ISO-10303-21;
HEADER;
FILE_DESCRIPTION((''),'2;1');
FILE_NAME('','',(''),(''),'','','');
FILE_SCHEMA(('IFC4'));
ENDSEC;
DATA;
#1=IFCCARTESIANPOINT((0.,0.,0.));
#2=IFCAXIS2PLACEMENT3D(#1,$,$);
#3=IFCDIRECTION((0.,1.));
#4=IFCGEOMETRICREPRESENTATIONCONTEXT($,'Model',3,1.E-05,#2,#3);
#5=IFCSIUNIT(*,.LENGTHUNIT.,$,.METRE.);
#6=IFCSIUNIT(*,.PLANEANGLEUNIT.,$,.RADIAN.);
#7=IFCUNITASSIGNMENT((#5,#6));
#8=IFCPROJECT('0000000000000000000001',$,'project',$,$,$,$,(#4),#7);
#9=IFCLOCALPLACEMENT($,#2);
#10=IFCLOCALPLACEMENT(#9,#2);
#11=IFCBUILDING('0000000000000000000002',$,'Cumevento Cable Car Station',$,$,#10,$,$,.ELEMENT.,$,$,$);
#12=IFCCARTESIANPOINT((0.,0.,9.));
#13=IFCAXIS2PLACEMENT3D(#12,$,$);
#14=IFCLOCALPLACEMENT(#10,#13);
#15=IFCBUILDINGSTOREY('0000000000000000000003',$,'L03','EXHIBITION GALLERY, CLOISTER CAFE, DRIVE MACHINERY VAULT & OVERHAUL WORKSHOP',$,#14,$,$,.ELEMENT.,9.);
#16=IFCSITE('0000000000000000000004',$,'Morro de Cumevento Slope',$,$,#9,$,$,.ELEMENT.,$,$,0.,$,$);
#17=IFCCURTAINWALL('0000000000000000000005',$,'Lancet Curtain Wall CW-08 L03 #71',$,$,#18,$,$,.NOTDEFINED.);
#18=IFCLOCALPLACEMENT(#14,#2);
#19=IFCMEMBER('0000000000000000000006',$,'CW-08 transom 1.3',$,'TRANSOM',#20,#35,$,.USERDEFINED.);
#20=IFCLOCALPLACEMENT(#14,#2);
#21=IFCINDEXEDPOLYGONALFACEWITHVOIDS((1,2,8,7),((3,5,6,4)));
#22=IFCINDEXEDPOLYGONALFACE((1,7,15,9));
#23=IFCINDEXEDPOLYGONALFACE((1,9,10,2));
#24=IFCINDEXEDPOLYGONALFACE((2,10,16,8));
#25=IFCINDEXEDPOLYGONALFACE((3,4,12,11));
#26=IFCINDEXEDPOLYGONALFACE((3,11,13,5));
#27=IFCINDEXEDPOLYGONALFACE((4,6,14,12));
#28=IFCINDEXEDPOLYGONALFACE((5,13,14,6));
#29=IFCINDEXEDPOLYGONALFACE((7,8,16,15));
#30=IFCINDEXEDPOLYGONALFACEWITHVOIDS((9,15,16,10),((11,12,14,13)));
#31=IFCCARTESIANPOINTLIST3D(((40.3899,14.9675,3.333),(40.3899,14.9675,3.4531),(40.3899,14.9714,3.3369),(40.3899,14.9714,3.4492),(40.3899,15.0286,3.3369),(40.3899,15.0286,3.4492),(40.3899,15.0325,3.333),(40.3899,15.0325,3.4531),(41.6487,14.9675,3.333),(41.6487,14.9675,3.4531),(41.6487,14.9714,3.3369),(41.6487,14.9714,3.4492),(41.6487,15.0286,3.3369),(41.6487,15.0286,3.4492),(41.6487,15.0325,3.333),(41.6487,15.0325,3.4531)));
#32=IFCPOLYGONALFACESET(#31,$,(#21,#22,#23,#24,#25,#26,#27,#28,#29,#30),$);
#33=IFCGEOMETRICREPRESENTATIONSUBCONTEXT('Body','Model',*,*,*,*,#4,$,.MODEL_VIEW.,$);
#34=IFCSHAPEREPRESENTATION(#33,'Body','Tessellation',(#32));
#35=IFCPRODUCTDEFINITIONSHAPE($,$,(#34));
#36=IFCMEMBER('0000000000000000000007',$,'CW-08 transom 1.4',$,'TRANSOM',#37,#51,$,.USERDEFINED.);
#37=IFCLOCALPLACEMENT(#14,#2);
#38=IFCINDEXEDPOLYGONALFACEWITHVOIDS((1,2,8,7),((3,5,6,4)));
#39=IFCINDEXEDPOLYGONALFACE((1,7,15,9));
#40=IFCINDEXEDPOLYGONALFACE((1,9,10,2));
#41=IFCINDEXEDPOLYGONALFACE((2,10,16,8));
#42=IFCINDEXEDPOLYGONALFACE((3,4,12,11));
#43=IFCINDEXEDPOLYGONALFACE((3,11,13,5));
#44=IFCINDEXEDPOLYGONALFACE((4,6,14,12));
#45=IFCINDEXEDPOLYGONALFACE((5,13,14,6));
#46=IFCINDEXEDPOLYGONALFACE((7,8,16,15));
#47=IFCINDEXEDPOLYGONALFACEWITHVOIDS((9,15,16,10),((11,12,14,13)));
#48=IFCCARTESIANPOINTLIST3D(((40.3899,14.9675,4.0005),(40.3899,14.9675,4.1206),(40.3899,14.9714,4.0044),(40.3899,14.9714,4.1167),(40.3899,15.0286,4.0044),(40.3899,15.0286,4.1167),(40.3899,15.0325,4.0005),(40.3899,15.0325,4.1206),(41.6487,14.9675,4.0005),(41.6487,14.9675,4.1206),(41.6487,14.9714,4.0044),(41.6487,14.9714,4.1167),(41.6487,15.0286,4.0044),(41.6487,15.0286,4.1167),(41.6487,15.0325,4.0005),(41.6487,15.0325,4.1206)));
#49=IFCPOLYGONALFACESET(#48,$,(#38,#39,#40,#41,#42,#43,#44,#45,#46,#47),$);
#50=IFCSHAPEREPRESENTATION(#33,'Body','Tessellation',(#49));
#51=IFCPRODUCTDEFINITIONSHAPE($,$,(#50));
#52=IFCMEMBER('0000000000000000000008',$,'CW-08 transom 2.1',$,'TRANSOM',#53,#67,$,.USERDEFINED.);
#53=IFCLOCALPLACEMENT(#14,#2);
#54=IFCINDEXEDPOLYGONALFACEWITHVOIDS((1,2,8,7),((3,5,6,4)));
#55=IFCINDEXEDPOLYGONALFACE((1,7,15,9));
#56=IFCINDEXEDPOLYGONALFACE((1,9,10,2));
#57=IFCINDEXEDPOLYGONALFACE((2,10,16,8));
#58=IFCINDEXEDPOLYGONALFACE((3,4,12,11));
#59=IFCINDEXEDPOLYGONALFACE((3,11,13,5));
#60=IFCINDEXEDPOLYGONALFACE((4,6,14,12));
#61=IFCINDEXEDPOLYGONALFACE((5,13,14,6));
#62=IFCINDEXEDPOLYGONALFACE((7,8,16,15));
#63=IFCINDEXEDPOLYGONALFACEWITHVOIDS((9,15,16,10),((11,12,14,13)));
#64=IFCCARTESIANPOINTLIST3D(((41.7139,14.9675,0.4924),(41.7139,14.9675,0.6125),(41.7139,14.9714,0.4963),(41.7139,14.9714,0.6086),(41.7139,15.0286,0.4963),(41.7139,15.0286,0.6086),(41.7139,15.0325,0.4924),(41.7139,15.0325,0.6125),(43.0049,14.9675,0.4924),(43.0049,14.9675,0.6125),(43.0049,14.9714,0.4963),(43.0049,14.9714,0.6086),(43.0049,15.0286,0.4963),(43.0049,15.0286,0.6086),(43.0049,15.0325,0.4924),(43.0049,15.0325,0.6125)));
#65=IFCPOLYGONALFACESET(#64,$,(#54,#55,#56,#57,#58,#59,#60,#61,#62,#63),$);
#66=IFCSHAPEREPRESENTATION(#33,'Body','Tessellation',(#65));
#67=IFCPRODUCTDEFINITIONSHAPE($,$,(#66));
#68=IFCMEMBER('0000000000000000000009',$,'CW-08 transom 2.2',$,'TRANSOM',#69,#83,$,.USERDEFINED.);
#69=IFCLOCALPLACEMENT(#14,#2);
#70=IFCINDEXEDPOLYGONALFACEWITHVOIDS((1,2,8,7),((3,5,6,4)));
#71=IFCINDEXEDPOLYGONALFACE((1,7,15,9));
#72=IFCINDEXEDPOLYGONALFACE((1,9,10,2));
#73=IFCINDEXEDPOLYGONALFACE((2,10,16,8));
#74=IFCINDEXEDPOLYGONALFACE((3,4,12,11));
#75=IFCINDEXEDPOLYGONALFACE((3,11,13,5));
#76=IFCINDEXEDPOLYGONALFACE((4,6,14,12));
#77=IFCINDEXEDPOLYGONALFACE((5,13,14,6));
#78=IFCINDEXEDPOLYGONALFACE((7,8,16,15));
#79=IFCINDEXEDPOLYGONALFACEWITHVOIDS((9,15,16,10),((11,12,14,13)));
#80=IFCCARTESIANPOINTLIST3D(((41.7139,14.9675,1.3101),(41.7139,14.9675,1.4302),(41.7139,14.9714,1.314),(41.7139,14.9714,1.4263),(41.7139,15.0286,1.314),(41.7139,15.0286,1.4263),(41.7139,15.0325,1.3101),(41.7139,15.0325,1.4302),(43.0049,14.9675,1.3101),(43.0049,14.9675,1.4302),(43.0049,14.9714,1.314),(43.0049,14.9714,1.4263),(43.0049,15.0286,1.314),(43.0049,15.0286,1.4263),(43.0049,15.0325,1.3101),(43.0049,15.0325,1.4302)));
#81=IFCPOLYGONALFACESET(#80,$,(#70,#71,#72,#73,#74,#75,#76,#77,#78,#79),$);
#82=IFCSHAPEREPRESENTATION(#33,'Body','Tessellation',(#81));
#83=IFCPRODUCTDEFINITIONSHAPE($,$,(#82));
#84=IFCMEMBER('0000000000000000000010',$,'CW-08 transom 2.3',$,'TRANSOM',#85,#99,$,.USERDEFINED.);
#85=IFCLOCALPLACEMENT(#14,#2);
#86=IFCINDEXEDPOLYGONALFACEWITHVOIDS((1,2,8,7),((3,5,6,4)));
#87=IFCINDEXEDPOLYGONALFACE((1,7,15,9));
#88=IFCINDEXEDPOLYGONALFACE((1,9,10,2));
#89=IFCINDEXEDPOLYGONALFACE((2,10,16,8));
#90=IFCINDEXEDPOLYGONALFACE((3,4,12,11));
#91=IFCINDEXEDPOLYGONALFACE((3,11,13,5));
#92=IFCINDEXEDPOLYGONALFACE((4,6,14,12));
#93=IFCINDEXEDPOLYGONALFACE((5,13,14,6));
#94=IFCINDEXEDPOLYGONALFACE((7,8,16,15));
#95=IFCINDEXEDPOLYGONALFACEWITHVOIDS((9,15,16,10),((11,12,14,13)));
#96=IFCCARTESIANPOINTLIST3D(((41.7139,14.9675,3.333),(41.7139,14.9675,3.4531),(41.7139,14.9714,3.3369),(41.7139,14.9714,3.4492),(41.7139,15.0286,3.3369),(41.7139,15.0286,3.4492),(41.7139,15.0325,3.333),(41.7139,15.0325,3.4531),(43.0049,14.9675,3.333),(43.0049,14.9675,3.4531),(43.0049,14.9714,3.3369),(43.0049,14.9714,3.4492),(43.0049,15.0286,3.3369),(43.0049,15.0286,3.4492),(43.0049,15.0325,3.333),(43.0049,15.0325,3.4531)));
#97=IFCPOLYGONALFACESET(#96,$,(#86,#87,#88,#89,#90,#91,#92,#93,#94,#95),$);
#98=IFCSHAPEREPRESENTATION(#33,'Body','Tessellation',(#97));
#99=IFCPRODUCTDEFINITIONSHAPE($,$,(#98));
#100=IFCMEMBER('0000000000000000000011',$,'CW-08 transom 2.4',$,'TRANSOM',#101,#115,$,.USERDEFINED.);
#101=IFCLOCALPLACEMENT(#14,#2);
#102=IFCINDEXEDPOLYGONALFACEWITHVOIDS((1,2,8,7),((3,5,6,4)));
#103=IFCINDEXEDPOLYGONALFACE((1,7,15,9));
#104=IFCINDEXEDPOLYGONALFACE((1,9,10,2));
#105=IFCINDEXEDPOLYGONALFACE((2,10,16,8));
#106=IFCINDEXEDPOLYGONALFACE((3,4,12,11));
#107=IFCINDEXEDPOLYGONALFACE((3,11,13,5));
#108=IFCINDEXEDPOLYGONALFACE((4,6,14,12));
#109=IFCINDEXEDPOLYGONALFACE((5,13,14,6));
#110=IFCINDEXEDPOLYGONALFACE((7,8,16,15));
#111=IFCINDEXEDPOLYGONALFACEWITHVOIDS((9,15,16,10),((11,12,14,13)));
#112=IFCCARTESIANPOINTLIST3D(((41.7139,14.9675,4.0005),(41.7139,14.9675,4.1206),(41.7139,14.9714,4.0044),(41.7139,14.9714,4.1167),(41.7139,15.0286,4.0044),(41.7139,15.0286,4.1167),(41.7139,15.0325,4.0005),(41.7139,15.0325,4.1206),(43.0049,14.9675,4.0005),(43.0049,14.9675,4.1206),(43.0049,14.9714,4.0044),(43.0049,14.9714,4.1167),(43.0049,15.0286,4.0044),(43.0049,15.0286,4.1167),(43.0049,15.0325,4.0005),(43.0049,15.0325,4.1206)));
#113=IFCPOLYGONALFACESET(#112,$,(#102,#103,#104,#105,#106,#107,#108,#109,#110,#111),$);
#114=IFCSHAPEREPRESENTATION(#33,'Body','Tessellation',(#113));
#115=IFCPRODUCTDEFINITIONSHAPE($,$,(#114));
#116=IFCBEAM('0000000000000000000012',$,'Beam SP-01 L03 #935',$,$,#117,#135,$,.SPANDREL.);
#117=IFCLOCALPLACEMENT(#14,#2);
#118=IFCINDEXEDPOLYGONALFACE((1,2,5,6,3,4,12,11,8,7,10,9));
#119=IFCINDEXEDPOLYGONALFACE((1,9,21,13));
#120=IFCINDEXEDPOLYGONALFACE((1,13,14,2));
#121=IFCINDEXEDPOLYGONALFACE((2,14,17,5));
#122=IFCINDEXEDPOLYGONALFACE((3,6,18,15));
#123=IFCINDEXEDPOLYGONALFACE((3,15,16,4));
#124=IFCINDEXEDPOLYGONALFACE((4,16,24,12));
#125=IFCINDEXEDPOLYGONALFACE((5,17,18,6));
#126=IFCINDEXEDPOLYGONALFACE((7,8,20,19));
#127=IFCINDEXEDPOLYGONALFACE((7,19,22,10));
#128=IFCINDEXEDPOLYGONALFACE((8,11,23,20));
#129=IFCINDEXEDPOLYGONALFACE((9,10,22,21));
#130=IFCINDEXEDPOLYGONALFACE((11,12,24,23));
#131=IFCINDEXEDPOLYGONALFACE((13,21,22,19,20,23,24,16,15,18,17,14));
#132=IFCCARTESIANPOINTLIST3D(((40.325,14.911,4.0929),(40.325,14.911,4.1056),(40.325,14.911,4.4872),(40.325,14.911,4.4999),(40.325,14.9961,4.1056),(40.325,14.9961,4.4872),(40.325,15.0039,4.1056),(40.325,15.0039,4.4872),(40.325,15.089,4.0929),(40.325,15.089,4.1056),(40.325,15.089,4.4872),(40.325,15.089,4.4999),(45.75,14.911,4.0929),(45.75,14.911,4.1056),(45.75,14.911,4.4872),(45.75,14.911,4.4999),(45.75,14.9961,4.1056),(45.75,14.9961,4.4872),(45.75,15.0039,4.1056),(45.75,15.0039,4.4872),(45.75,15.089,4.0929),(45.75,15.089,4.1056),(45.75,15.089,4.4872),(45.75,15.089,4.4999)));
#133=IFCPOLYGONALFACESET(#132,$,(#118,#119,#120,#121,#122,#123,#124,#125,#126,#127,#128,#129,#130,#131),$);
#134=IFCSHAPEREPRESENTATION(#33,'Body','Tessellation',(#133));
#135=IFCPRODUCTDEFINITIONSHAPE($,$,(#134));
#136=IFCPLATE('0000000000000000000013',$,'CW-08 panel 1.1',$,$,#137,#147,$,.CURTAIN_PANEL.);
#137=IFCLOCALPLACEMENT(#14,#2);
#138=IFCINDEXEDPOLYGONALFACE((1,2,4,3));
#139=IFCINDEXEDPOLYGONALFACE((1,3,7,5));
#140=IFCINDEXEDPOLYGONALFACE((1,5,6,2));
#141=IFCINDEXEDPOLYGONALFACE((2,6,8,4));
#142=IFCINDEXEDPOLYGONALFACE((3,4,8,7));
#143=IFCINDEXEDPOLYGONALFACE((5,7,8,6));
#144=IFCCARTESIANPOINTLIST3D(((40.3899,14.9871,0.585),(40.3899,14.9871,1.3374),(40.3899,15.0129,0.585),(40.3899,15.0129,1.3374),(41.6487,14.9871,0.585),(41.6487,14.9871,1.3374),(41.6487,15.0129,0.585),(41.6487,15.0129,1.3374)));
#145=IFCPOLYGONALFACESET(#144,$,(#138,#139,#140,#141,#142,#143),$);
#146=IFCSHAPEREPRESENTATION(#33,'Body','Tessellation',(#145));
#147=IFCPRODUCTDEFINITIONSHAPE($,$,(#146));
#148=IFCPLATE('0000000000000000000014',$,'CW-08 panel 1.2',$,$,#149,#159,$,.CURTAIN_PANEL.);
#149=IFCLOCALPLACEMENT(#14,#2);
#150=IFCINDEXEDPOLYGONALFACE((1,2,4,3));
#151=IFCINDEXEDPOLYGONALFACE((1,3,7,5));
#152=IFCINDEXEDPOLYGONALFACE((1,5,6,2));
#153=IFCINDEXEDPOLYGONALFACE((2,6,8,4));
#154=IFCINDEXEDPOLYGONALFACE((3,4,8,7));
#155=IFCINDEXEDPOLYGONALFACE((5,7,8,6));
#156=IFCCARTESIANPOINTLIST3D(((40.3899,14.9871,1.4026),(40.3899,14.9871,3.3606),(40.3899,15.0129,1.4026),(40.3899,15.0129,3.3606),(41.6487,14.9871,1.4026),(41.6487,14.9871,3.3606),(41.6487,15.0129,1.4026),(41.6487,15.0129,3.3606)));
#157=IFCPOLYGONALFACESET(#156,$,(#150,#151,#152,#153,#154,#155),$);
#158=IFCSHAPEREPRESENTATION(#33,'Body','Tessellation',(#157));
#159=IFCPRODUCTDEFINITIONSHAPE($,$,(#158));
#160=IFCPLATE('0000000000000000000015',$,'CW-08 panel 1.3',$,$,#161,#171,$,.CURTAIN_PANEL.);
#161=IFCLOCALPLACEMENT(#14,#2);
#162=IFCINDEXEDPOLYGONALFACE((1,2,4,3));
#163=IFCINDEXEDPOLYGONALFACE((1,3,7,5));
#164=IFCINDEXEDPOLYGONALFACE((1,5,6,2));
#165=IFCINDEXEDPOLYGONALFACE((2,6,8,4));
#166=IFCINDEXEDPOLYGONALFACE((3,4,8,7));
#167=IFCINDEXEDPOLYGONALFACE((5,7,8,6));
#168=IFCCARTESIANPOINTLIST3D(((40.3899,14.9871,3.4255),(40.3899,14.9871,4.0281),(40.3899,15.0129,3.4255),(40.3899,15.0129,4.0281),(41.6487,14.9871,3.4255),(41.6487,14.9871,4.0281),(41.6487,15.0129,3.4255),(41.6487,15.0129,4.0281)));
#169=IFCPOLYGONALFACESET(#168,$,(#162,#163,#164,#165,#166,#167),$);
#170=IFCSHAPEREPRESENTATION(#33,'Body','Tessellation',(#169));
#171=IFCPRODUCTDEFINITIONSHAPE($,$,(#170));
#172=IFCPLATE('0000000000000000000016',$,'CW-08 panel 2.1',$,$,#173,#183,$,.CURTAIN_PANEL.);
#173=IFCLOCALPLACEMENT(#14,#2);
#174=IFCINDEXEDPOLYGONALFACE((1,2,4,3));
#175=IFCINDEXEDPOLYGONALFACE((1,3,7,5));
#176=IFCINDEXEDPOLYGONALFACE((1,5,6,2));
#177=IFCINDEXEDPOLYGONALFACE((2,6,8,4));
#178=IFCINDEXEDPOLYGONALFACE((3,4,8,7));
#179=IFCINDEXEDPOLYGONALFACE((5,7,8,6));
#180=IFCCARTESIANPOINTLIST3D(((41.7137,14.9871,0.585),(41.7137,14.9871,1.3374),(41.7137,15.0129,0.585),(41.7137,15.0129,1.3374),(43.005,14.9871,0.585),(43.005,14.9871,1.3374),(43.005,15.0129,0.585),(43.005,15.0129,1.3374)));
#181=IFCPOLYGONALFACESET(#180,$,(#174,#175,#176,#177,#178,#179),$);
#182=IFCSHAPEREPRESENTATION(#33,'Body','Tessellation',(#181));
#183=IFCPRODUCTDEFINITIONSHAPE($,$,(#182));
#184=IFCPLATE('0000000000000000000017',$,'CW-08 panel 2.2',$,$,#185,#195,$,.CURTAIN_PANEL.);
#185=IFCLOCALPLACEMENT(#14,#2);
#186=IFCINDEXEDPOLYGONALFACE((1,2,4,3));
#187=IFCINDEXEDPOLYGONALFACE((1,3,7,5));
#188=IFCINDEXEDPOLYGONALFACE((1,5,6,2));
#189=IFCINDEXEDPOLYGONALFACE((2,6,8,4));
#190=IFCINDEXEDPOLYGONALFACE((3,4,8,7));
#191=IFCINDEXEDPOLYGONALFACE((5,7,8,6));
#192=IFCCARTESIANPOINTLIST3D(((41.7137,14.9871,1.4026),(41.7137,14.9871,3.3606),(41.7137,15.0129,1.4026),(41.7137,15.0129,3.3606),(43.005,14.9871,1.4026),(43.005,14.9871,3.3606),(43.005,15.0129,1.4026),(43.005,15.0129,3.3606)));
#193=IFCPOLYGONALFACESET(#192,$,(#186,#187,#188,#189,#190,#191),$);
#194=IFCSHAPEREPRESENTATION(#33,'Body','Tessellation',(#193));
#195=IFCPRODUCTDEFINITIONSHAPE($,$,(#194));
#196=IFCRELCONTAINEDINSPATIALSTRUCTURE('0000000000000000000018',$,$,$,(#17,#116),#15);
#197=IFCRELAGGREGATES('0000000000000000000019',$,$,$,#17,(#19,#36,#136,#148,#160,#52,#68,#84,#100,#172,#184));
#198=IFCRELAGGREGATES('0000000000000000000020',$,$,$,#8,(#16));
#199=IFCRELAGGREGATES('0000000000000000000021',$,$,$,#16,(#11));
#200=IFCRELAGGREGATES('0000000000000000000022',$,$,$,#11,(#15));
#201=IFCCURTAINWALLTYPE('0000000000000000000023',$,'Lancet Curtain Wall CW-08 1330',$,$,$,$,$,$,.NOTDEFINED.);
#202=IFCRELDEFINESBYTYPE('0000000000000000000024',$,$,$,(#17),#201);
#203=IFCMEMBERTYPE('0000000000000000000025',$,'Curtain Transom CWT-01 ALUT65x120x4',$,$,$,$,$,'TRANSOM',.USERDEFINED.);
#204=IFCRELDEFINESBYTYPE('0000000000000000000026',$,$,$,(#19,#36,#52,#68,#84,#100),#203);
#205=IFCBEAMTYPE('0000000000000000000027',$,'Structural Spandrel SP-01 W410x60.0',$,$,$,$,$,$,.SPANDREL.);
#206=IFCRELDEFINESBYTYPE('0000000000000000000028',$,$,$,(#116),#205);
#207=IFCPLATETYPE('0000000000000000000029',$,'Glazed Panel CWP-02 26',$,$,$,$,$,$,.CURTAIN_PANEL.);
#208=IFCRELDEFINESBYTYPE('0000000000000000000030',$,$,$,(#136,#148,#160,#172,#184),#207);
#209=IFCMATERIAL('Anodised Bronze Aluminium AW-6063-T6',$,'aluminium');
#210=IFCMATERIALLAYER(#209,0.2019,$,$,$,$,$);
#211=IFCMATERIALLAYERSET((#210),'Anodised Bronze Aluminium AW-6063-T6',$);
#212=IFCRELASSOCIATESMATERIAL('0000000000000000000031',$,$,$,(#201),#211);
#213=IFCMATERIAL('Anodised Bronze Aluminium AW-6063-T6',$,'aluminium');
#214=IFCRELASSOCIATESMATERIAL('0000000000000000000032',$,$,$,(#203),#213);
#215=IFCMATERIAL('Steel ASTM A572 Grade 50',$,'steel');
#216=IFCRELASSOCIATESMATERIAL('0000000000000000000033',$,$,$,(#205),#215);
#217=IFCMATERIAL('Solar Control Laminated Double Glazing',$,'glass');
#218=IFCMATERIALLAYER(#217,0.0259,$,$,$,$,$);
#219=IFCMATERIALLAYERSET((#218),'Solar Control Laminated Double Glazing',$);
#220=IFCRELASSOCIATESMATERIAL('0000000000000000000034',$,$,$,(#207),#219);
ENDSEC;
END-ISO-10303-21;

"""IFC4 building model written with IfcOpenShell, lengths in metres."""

from ifc_helpers import new_model, si_unit, direction, frame, origin, origin_2d, place, context, subcontext, project, spatial, rectangle, hollow_rectangle, i_section, extrude, material, layer, layer_set, material_profile, profile_set, type_object, element, aggregate, save


model = new_model("IFC4")

# Units and contexts
model_context = context("Model", 3, precision=1e-05, world=origin(), true_north=direction((0.0, 1.0)))
body_context = subcontext(model_context, "Body", "Model", "MODEL_VIEW")
ifc_project = project(units=[si_unit("LENGTHUNIT", "METRE"), si_unit("PLANEANGLEUNIT", "RADIAN")], contexts=[model_context])

# Site, building, storey
site_placement = place(None, origin())
site = spatial("IfcSite", under=ifc_project, at=site_placement, Name="Morro de Cumevento Slope", CompositionType="ELEMENT", RefElevation=0.0)
building_placement = place(site_placement, origin())
building = spatial("IfcBuilding", under=site, at=building_placement, Name="Cumevento Cable Car Station", CompositionType="ELEMENT")
storey_placement = place(building_placement, frame((0.0, 0.0, 9.0)))
storey = spatial("IfcBuildingStorey", under=building, at=storey_placement, Name="L03", Description="EXHIBITION GALLERY, CLOISTER CAFE, DRIVE MACHINERY VAULT & OVERHAUL WORKSHOP", CompositionType="ELEMENT", Elevation=9.0)

# Curtain wall
ifc_material_1 = material(Name="Anodised Bronze Aluminium AW-6063-T6", Category="aluminium")
ifc_layer_1 = layer(ifc_material_1, 0.2019)
ifc_layer_set_1 = layer_set([ifc_layer_1], Name="Anodised Bronze Aluminium AW-6063-T6")
curtain_wall_type_1 = type_object("IfcCurtainWallType", Name="Lancet Curtain Wall CW-08 1330", PredefinedType="NOTDEFINED", material=ifc_layer_set_1)
curtain_wall_1_placement = place(storey_placement, origin())
curtain_wall_1 = element("IfcCurtainWall", 1, at=curtain_wall_1_placement, inside=storey, type_object=curtain_wall_type_1, Name="Lancet Curtain Wall CW-08 L03 #71", PredefinedType="NOTDEFINED")

# Members
ifc_material_2 = material(Name="Anodised Bronze Aluminium AW-6063-T6", Category="aluminium")
ifc_material_profile_1 = material_profile(ifc_material_2, hollow_rectangle(XDim=0.0649, YDim=0.1201, WallThickness=0.0039, at=origin_2d()), Name="ALUT65x120x4")
ifc_profile_set_1 = profile_set([ifc_material_profile_1], Name="Anodised Bronze Aluminium AW-6063-T6")
member_type_1 = type_object("IfcMemberType", Name="Curtain Transom CWT-01 ALUT65x120x4", ElementType="TRANSOM", PredefinedType="USERDEFINED", material=ifc_profile_set_1)
member_1_placement = place(storey_placement, frame((40.3899, 15.0, 3.3931), z_axis=(1.0, 0.0, 0.0), x_axis=(0.0, 1.0, 0.0)))
member_1 = element("IfcMember", 2, at=member_1_placement, type_object=member_type_1, Name="CW-08 transom 1.3", ObjectType="TRANSOM", PredefinedType="USERDEFINED", context=body_context, shape_type="SweptSolid", body=[
    extrude(hollow_rectangle(XDim=0.0649, YDim=0.1201, WallThickness=0.0039, at=origin_2d()), origin(), (0.0, 0.0, 1.0), 1.2588),
])
member_2_placement = place(storey_placement, frame((40.3899, 15.0, 4.0605), z_axis=(1.0, 0.0, 0.0), x_axis=(0.0, 1.0, 0.0)))
member_2 = element("IfcMember", 3, at=member_2_placement, type_object=member_type_1, Name="CW-08 transom 1.4", ObjectType="TRANSOM", PredefinedType="USERDEFINED", context=body_context, shape_type="SweptSolid", body=[
    extrude(hollow_rectangle(XDim=0.0649, YDim=0.1201, WallThickness=0.0039, at=origin_2d()), origin(), (0.0, 0.0, 1.0), 1.2588),
])
member_3_placement = place(storey_placement, frame((41.7139, 15.0, 0.5525), z_axis=(1.0, 0.0, 0.0), x_axis=(0.0, 1.0, 0.0)))
member_3 = element("IfcMember", 4, at=member_3_placement, type_object=member_type_1, Name="CW-08 transom 2.1", ObjectType="TRANSOM", PredefinedType="USERDEFINED", context=body_context, shape_type="SweptSolid", body=[
    extrude(hollow_rectangle(XDim=0.0649, YDim=0.1201, WallThickness=0.0039, at=origin_2d()), origin(), (0.0, 0.0, 1.0), 1.291),
])
member_4_placement = place(storey_placement, frame((41.7139, 15.0, 1.3701), z_axis=(1.0, 0.0, 0.0), x_axis=(0.0, 1.0, 0.0)))
member_4 = element("IfcMember", 5, at=member_4_placement, type_object=member_type_1, Name="CW-08 transom 2.2", ObjectType="TRANSOM", PredefinedType="USERDEFINED", context=body_context, shape_type="SweptSolid", body=[
    extrude(hollow_rectangle(XDim=0.0649, YDim=0.1201, WallThickness=0.0039, at=origin_2d()), origin(), (0.0, 0.0, 1.0), 1.291),
])
member_5_placement = place(storey_placement, frame((41.7139, 15.0, 3.3931), z_axis=(1.0, 0.0, 0.0), x_axis=(0.0, 1.0, 0.0)))
member_5 = element("IfcMember", 6, at=member_5_placement, type_object=member_type_1, Name="CW-08 transom 2.3", ObjectType="TRANSOM", PredefinedType="USERDEFINED", context=body_context, shape_type="SweptSolid", body=[
    extrude(hollow_rectangle(XDim=0.0649, YDim=0.1201, WallThickness=0.0039, at=origin_2d()), origin(), (0.0, 0.0, 1.0), 1.291),
])
member_6_placement = place(storey_placement, frame((41.7139, 15.0, 4.0605), z_axis=(1.0, 0.0, 0.0), x_axis=(0.0, 1.0, 0.0)))
member_6 = element("IfcMember", 7, at=member_6_placement, type_object=member_type_1, Name="CW-08 transom 2.4", ObjectType="TRANSOM", PredefinedType="USERDEFINED", context=body_context, shape_type="SweptSolid", body=[
    extrude(hollow_rectangle(XDim=0.0649, YDim=0.1201, WallThickness=0.0039, at=origin_2d()), origin(), (0.0, 0.0, 1.0), 1.291),
])

# Beam
ifc_material_3 = material(Name="Steel ASTM A572 Grade 50", Category="steel")
ifc_material_profile_2 = material_profile(ifc_material_3, i_section(OverallWidth=0.178, OverallDepth=0.407, WebThickness=0.0078, FlangeThickness=0.0127, at=origin_2d()), Name="W410x60.0")
ifc_profile_set_2 = profile_set([ifc_material_profile_2], Name="Steel ASTM A572 Grade 50")
beam_type = type_object("IfcBeamType", Name="Structural Spandrel SP-01 W410x60.0", PredefinedType="SPANDREL", material=ifc_profile_set_2)
beam_placement = place(storey_placement, frame((40.325, 15.0, 4.2964), z_axis=(1.0, 0.0, 0.0), x_axis=(0.0, 1.0, 0.0)))
element("IfcBeam", 8, at=beam_placement, inside=storey, type_object=beam_type, Name="Beam SP-01 L03 #935", PredefinedType="SPANDREL", context=body_context, shape_type="SweptSolid", body=[
    extrude(i_section(OverallWidth=0.178, OverallDepth=0.407, WebThickness=0.0078, FlangeThickness=0.0127, at=origin_2d()), origin(), (0.0, 0.0, 1.0), 5.425),
])

# Plates
ifc_material_4 = material(Name="Solar Control Laminated Double Glazing", Category="glass")
ifc_layer_2 = layer(ifc_material_4, 0.0259)
ifc_layer_set_2 = layer_set([ifc_layer_2], Name="Solar Control Laminated Double Glazing")
plate_type_1 = type_object("IfcPlateType", Name="Glazed Panel CWP-02 26", PredefinedType="CURTAIN_PANEL", material=ifc_layer_set_2)
plate_1_placement = place(storey_placement, frame((41.0193, 15.0, 0.585), z_axis=(0.0, 0.0, 1.0), x_axis=(1.0, 0.0, 0.0)))
plate_1 = element("IfcPlate", 9, at=plate_1_placement, type_object=plate_type_1, Name="CW-08 panel 1.1", PredefinedType="CURTAIN_PANEL", context=body_context, shape_type="SweptSolid", body=[
    extrude(rectangle(XDim=1.2588, YDim=0.0259, at=origin_2d()), origin(), (0.0, 0.0, 1.0), 0.7524),
])
plate_2_placement = place(storey_placement, frame((41.0193, 15.0, 1.4026), z_axis=(0.0, 0.0, 1.0), x_axis=(1.0, 0.0, 0.0)))
plate_2 = element("IfcPlate", 10, at=plate_2_placement, type_object=plate_type_1, Name="CW-08 panel 1.2", PredefinedType="CURTAIN_PANEL", context=body_context, shape_type="SweptSolid", body=[
    extrude(rectangle(XDim=1.2588, YDim=0.0259, at=origin_2d()), origin(), (0.0, 0.0, 1.0), 1.958),
])
plate_3_placement = place(storey_placement, frame((41.0193, 15.0, 3.4255), z_axis=(0.0, 0.0, 1.0), x_axis=(1.0, 0.0, 0.0)))
plate_3 = element("IfcPlate", 11, at=plate_3_placement, type_object=plate_type_1, Name="CW-08 panel 1.3", PredefinedType="CURTAIN_PANEL", context=body_context, shape_type="SweptSolid", body=[
    extrude(rectangle(XDim=1.2588, YDim=0.0259, at=origin_2d()), origin(), (0.0, 0.0, 1.0), 0.6025),
])
plate_4_placement = place(storey_placement, frame((42.3594, 15.0, 0.585), z_axis=(0.0, 0.0, 1.0), x_axis=(1.0, 0.0, 0.0)))
plate_4 = element("IfcPlate", 12, at=plate_4_placement, type_object=plate_type_1, Name="CW-08 panel 2.1", PredefinedType="CURTAIN_PANEL", context=body_context, shape_type="SweptSolid", body=[
    extrude(rectangle(XDim=1.2913, YDim=0.0259, at=origin_2d()), origin(), (0.0, 0.0, 1.0), 0.7524),
])
plate_5_placement = place(storey_placement, frame((42.3594, 15.0, 1.4026), z_axis=(0.0, 0.0, 1.0), x_axis=(1.0, 0.0, 0.0)))
plate_5 = element("IfcPlate", 13, at=plate_5_placement, type_object=plate_type_1, Name="CW-08 panel 2.2", PredefinedType="CURTAIN_PANEL", context=body_context, shape_type="SweptSolid", body=[
    extrude(rectangle(XDim=1.2913, YDim=0.0259, at=origin_2d()), origin(), (0.0, 0.0, 1.0), 1.958),
])
aggregate(curtain_wall_1, [member_1, member_2, plate_1, plate_2, plate_3, member_3, member_4, member_5, member_6, plate_4, plate_5])

save(model, "model.ifc")
